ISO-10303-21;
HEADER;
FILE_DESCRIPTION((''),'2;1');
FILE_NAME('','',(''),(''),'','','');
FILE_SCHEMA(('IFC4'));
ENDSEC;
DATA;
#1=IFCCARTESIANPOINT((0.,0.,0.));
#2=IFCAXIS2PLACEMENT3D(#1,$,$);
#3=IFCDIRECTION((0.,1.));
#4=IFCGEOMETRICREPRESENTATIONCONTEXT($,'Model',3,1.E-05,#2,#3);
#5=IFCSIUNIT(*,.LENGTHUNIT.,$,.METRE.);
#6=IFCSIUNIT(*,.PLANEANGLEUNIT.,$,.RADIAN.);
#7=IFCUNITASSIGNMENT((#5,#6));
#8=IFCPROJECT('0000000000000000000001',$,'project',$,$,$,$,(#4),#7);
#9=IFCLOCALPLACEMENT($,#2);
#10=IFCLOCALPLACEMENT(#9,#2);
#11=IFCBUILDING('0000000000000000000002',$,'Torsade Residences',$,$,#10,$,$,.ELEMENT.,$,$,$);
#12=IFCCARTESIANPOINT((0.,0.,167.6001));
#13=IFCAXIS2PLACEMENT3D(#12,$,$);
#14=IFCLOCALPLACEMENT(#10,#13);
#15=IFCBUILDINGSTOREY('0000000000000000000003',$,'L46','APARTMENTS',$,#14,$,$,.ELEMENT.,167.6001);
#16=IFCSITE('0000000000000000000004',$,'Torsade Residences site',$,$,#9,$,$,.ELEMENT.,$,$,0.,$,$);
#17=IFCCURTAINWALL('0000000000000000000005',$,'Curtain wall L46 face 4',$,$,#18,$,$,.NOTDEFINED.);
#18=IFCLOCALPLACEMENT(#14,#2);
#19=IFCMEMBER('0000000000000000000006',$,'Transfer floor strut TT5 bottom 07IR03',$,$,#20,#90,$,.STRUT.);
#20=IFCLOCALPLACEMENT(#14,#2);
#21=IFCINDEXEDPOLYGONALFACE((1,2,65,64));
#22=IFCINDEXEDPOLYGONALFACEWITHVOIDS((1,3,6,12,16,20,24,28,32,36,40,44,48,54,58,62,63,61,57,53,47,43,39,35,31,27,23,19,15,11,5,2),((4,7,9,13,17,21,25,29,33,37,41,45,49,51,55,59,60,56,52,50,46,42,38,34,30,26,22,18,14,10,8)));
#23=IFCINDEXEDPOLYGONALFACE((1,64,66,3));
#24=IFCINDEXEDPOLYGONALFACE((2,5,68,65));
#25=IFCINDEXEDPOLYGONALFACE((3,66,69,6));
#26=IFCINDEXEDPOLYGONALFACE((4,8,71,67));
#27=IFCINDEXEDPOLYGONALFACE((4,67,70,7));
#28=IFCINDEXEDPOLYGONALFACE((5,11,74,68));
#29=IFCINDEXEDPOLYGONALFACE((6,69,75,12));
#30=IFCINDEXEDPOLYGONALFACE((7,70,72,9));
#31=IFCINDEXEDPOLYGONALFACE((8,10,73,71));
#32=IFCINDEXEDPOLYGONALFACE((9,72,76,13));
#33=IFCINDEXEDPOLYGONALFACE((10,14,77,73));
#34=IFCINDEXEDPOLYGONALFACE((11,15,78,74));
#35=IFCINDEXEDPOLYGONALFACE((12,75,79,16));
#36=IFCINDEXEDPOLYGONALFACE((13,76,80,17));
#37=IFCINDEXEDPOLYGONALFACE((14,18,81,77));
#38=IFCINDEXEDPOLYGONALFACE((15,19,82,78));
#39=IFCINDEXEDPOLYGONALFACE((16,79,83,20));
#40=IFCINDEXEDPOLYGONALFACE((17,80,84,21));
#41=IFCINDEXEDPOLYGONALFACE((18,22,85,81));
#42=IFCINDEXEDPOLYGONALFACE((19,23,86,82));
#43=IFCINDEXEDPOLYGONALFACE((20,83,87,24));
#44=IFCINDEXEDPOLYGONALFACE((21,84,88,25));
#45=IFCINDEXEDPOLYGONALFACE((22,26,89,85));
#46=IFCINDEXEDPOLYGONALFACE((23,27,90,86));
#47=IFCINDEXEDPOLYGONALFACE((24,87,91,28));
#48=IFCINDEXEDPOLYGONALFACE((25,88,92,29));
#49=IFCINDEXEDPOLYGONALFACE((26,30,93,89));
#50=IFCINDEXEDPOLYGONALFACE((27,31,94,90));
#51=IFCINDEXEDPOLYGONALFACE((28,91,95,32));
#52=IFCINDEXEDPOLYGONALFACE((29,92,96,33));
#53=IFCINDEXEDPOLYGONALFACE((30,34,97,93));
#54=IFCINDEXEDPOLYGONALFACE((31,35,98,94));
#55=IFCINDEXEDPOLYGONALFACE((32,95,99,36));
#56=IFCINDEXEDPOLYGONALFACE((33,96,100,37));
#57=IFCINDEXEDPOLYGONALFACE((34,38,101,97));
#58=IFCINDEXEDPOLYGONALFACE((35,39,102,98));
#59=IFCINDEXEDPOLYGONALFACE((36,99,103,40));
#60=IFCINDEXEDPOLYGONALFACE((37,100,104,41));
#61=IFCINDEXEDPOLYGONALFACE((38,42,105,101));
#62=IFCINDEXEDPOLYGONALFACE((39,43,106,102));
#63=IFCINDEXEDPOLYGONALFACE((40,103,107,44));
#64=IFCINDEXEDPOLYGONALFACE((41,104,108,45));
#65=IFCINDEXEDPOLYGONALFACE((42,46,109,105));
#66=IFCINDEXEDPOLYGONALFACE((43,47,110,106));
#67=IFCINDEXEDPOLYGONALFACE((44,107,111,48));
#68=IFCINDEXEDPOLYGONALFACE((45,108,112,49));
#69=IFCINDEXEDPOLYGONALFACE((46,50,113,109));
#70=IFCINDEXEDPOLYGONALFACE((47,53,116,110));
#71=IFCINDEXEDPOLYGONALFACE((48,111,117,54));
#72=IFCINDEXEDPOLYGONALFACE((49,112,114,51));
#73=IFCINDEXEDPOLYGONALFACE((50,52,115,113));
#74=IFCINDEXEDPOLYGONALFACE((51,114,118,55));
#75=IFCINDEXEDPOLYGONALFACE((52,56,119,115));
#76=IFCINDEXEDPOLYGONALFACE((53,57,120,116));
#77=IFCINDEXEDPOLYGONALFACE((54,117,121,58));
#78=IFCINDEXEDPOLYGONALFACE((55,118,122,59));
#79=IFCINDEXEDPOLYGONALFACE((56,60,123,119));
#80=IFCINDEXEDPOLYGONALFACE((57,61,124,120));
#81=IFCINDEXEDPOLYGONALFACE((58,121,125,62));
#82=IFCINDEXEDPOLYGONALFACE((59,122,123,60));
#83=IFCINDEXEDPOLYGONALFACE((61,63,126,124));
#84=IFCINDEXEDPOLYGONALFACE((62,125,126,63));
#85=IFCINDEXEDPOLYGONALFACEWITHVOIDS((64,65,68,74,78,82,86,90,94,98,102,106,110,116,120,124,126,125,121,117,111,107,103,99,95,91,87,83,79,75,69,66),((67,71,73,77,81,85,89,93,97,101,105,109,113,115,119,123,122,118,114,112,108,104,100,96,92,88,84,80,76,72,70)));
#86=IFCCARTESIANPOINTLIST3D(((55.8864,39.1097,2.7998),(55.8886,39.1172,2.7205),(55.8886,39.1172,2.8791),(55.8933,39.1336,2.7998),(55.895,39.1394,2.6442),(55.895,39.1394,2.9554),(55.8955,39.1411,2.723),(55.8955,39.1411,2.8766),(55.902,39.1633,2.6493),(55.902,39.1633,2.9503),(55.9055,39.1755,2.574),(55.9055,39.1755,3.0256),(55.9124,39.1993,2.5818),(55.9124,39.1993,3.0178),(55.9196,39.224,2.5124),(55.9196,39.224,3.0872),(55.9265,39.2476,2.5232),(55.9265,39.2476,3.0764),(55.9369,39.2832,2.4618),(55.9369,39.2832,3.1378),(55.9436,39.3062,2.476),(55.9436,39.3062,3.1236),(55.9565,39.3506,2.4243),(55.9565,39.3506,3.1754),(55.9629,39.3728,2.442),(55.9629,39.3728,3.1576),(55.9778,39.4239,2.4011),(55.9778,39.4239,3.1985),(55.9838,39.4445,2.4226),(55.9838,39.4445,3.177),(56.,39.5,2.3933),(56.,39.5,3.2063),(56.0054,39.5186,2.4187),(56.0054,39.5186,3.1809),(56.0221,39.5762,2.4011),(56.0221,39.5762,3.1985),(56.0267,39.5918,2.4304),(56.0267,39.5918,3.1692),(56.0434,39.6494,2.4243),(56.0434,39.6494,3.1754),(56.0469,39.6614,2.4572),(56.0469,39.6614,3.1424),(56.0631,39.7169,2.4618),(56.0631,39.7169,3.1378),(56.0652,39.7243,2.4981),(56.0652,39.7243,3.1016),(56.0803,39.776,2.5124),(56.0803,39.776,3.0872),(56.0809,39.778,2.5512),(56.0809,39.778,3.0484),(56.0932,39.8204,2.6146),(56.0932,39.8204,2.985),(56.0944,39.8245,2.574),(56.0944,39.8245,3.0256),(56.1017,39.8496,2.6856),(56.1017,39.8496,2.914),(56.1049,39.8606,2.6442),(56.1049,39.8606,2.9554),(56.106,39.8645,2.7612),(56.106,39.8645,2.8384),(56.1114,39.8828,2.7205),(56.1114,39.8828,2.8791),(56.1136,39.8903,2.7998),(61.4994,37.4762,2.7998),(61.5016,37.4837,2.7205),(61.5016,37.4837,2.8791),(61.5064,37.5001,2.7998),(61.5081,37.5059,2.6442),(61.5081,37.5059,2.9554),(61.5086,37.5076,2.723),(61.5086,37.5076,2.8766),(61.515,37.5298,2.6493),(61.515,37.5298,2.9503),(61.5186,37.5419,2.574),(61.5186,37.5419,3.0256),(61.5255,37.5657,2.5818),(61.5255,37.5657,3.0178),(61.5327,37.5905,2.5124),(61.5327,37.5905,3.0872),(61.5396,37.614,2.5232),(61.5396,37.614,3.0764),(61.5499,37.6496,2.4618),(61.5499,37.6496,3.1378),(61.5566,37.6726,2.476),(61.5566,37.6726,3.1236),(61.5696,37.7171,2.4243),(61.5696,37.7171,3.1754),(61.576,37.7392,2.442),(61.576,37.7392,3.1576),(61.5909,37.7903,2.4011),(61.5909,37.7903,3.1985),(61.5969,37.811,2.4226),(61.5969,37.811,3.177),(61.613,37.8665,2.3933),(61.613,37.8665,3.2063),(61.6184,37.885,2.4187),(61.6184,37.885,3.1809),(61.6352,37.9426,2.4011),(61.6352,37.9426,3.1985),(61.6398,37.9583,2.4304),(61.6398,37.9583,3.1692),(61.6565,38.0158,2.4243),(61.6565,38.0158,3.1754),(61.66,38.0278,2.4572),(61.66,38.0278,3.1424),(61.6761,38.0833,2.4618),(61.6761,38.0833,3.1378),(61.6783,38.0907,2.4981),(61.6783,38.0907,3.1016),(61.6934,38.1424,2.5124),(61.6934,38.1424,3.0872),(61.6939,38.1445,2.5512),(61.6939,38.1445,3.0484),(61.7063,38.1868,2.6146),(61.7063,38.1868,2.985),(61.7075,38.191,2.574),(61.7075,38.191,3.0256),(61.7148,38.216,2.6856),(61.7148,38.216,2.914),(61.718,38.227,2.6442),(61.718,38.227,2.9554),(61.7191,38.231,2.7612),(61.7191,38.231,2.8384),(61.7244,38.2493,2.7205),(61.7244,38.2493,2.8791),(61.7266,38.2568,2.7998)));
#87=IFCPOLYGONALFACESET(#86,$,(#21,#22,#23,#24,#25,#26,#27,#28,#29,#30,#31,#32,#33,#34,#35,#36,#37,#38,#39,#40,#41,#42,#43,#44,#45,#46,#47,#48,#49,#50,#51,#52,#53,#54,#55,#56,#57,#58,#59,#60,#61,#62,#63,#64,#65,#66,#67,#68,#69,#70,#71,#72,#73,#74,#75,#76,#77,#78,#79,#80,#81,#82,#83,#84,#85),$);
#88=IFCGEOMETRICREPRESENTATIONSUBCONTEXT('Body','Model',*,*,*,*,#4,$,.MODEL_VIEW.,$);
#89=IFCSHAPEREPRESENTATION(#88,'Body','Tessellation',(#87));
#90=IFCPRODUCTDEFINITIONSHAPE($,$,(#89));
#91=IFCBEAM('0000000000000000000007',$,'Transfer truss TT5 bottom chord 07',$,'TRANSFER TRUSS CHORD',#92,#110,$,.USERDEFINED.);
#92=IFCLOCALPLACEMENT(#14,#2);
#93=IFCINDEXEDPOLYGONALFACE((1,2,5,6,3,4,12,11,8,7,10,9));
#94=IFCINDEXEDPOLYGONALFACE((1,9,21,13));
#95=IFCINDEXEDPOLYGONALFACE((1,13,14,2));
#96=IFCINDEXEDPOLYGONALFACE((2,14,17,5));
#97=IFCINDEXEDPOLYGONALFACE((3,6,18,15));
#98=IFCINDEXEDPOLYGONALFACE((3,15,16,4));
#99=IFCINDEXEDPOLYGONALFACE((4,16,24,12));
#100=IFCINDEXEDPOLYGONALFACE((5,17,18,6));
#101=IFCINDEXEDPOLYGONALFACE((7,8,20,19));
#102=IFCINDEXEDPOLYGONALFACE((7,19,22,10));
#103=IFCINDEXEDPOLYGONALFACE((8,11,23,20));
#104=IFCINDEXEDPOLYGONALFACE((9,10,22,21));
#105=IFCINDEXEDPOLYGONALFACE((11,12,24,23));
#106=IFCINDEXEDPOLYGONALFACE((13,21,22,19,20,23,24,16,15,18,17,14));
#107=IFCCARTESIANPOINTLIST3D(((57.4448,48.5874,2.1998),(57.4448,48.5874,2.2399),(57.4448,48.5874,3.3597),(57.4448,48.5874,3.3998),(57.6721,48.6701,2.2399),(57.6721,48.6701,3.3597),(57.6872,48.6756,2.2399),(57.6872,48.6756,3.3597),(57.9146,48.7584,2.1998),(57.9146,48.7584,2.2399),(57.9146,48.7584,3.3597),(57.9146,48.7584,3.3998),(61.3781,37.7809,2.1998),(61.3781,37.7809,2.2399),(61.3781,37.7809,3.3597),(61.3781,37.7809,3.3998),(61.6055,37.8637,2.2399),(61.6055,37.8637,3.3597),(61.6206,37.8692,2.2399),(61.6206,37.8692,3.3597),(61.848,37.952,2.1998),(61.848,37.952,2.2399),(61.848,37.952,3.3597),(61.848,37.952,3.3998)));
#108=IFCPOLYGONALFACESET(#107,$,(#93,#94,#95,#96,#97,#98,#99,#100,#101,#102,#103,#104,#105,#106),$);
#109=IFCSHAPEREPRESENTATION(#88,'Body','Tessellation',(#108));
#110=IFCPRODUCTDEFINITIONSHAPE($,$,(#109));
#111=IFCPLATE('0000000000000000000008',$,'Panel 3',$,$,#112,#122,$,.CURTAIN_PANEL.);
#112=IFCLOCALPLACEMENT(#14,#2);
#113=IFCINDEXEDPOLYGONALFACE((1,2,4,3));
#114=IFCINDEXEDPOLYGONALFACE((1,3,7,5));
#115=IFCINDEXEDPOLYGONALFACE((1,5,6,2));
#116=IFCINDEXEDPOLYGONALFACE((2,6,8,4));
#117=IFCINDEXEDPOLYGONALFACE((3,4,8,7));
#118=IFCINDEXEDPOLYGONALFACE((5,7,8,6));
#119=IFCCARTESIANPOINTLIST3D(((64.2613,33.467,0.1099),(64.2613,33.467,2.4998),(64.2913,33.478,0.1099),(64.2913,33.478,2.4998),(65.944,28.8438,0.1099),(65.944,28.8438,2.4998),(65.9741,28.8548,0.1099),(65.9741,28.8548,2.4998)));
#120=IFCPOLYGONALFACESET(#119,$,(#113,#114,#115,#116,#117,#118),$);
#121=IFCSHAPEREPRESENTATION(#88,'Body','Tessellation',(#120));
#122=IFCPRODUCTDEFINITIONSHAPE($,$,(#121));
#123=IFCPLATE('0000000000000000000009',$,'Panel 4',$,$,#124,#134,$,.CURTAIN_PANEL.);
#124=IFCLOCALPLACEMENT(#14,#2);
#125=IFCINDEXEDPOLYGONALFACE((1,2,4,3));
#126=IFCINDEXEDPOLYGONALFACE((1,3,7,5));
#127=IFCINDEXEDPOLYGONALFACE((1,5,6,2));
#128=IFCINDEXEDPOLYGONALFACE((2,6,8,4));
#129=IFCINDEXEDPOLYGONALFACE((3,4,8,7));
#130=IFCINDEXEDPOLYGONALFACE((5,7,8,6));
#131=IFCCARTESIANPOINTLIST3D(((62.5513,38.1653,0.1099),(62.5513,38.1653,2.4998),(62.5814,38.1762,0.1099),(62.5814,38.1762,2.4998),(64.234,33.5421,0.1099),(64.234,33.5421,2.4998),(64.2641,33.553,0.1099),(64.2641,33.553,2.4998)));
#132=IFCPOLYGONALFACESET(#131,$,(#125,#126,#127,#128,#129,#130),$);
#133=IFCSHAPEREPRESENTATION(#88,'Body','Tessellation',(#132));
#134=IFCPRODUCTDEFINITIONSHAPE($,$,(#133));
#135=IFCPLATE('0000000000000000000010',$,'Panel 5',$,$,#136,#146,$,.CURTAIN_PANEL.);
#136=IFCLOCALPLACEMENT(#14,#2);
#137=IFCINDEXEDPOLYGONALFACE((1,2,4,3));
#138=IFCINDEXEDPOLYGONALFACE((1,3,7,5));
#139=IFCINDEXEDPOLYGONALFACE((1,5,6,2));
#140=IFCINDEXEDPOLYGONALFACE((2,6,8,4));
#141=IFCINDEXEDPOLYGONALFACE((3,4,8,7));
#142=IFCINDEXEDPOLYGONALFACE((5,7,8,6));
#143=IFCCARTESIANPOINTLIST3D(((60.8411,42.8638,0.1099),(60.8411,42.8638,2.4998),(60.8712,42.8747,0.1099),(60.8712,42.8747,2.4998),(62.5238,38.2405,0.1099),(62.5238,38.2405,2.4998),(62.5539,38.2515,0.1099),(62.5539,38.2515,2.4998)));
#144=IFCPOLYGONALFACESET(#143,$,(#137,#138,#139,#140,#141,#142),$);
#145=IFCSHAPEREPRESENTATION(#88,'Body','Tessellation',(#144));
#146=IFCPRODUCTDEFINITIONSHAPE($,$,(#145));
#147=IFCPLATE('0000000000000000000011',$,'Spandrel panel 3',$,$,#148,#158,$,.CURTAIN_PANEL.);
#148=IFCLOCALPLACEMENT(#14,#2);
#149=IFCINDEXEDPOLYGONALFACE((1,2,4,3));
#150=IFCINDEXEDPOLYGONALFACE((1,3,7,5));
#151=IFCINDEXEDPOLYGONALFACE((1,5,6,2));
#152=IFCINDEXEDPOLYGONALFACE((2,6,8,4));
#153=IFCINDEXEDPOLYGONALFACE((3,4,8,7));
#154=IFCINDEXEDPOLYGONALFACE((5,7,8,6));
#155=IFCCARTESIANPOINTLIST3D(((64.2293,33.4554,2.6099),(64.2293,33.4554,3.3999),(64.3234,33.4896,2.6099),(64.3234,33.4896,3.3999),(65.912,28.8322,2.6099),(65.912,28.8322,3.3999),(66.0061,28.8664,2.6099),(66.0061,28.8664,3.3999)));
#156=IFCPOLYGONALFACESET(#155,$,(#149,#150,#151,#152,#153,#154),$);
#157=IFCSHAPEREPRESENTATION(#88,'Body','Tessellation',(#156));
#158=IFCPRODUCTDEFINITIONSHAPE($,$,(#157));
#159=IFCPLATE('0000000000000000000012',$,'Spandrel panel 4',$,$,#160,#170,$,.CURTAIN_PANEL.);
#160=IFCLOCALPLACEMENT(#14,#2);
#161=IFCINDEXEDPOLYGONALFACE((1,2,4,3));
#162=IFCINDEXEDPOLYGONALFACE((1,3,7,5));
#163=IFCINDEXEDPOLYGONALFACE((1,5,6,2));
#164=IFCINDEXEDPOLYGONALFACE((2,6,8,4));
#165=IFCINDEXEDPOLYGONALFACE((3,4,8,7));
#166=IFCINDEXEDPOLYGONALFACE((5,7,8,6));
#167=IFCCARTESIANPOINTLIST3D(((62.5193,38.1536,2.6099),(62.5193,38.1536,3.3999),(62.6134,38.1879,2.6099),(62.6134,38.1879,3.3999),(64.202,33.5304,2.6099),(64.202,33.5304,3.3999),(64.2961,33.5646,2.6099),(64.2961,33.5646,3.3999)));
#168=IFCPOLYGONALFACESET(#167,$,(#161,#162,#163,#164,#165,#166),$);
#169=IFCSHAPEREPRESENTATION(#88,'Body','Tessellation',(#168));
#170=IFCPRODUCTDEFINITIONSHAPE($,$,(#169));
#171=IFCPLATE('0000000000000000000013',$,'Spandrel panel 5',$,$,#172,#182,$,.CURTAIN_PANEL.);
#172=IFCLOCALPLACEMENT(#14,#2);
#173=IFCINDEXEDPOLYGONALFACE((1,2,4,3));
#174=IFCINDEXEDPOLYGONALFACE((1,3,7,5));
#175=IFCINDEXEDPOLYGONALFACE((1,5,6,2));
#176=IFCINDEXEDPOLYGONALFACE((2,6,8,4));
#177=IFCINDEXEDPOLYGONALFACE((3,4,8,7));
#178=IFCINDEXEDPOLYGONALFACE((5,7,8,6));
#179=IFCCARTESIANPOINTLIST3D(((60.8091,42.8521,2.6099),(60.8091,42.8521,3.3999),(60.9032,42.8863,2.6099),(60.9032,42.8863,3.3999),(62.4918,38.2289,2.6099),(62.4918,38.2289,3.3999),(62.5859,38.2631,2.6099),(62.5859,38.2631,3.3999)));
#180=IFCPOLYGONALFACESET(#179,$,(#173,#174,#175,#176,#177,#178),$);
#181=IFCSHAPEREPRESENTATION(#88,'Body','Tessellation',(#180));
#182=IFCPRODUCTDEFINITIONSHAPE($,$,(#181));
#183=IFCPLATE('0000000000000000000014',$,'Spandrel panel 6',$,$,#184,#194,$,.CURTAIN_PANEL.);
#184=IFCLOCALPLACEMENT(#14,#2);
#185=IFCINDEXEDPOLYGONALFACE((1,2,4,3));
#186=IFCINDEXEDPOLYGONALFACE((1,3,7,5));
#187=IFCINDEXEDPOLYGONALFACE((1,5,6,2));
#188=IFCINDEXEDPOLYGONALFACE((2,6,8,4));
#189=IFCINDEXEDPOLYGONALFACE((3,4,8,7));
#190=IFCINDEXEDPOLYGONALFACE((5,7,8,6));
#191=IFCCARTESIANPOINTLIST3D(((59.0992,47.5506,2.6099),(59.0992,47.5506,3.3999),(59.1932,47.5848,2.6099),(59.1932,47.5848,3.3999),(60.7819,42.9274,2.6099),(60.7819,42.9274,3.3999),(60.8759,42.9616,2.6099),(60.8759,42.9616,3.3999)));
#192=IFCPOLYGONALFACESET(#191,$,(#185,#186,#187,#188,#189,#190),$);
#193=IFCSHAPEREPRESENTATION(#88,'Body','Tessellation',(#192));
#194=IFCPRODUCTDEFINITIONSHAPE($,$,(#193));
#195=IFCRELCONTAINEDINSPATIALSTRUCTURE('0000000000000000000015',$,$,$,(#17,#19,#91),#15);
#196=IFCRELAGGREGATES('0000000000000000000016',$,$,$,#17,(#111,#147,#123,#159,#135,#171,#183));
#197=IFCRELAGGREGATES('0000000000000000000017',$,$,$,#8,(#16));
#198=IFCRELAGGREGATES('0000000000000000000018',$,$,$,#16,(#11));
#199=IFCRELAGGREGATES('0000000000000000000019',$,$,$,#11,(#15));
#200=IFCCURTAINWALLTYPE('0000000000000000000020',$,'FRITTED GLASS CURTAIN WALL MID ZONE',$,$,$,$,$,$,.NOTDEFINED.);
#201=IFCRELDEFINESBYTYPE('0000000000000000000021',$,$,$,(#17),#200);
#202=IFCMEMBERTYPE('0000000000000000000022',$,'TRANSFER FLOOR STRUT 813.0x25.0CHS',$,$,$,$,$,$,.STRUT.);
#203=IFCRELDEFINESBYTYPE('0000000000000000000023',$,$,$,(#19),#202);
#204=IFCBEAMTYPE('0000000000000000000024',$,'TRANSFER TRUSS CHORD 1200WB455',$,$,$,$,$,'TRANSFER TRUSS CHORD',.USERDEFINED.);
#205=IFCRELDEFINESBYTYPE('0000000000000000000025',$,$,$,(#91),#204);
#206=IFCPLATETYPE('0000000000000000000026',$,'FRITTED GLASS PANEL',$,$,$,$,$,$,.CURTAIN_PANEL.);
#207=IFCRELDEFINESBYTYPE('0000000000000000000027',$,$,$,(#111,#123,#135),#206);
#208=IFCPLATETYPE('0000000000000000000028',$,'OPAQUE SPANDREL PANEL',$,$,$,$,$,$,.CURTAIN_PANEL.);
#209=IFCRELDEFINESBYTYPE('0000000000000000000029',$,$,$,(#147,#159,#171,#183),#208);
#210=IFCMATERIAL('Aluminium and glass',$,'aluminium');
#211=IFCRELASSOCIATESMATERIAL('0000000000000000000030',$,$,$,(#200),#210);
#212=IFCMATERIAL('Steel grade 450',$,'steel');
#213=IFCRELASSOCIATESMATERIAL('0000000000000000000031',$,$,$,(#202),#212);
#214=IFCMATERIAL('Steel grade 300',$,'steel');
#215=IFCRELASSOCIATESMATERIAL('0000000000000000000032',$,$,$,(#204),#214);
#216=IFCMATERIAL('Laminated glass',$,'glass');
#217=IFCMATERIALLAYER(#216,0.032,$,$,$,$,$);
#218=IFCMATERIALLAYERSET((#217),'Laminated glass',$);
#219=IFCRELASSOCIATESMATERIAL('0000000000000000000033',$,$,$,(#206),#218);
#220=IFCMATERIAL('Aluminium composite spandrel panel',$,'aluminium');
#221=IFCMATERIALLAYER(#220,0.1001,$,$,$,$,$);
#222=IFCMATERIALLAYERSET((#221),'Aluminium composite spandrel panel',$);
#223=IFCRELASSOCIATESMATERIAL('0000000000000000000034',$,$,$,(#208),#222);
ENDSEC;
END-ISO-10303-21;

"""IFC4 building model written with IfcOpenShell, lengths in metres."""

from ifc_helpers import new_model, si_unit, direction, frame, origin, origin_2d, place, context, subcontext, project, spatial, rectangle, hollow_circle, i_section, extrude, material, layer, layer_set, material_profile, profile_set, type_object, element, aggregate, save


model = new_model("IFC4")

# Units and contexts
model_context = context("Model", 3, precision=1e-05, world=origin(), true_north=direction((0.0, 1.0)))
body_context = subcontext(model_context, "Body", "Model", "MODEL_VIEW")
ifc_project = project(units=[si_unit("LENGTHUNIT", "METRE"), si_unit("PLANEANGLEUNIT", "RADIAN")], contexts=[model_context])

# Site, building, storey
site_placement = place(None, origin())
site = spatial("IfcSite", under=ifc_project, at=site_placement, Name="Torsade Residences site", CompositionType="ELEMENT", RefElevation=0.0)
building_placement = place(site_placement, origin())
building = spatial("IfcBuilding", under=site, at=building_placement, Name="Torsade Residences", CompositionType="ELEMENT")
storey_placement = place(building_placement, frame((0.0, 0.0, 167.6001)))
storey = spatial("IfcBuildingStorey", under=building, at=storey_placement, Name="L46", Description="APARTMENTS", CompositionType="ELEMENT", Elevation=167.6001)

# Curtain wall
ifc_material_1 = material(Name="Aluminium and glass", Category="aluminium")
curtain_wall_type = type_object("IfcCurtainWallType", Name="FRITTED GLASS CURTAIN WALL MID ZONE", PredefinedType="NOTDEFINED", material=ifc_material_1)
curtain_wall_placement = place(storey_placement, origin())
curtain_wall = element("IfcCurtainWall", 1, at=curtain_wall_placement, inside=storey, type_object=curtain_wall_type, Name="Curtain wall L46 face 4", PredefinedType="NOTDEFINED")

# Member
ifc_material_2 = material(Name="Steel grade 450", Category="steel")
ifc_material_profile_1 = material_profile(ifc_material_2, hollow_circle(Radius=0.4065, WallThickness=0.0249, at=origin_2d()), Name="813.0x25.0CHS")
ifc_profile_set_1 = profile_set([ifc_material_profile_1], Name="Steel grade 450")
member_type_1 = type_object("IfcMemberType", Name="TRANSFER FLOOR STRUT 813.0x25.0CHS", PredefinedType="STRUT", material=ifc_profile_set_1)
member_1_placement = place(storey_placement, frame((61.613, 37.8665, 2.7998), z_axis=(-0.960165, 0.279434, 0.0), x_axis=(-0.279434, -0.960165, 0.0)))
element("IfcMember", 2, at=member_1_placement, inside=storey, type_object=member_type_1, Name="Transfer floor strut TT5 bottom 07IR03", PredefinedType="STRUT", context=body_context, shape_type="SweptSolid", body=[
    extrude(hollow_circle(Radius=0.4065, WallThickness=0.0249, at=origin_2d()), origin(), (0.0, 0.0, 1.0), 5.8459),
])

# Beam
ifc_material_3 = material(Name="Steel grade 300", Category="steel")
ifc_material_profile_2 = material_profile(ifc_material_3, i_section(OverallWidth=0.5, OverallDepth=1.2, WebThickness=0.0161, FlangeThickness=0.04, at=origin_2d()), Name="1200WB455")
ifc_profile_set_2 = profile_set([ifc_material_profile_2], Name="Steel grade 300")
beam_type_1 = type_object("IfcBeamType", Name="TRANSFER TRUSS CHORD 1200WB455", ElementType="TRANSFER TRUSS CHORD", PredefinedType="USERDEFINED", material=ifc_profile_set_2)
beam_1_placement = place(storey_placement, frame((61.613, 37.8665, 2.7998), z_axis=(-0.342031, 0.939689, 0.0), x_axis=(-0.939689, -0.342031, 0.0)))
element("IfcBeam", 3, at=beam_1_placement, inside=storey, type_object=beam_type_1, Name="Transfer truss TT5 bottom chord 07", ObjectType="TRANSFER TRUSS CHORD", PredefinedType="USERDEFINED", context=body_context, shape_type="SweptSolid", body=[
    extrude(i_section(OverallWidth=0.5, OverallDepth=1.2, WebThickness=0.0161, FlangeThickness=0.04, at=origin_2d()), origin(), (0.0, 0.0, 1.0), 11.5),
])

# Plates
ifc_material_4 = material(Name="Laminated glass", Category="glass")
ifc_layer_1 = layer(ifc_material_4, 0.032)
ifc_layer_set_1 = layer_set([ifc_layer_1], Name="Laminated glass")
plate_type_1 = type_object("IfcPlateType", Name="FRITTED GLASS PANEL", PredefinedType="CURTAIN_PANEL", material=ifc_layer_set_1)
plate_1_placement = place(storey_placement, frame((65.1177, 31.1609, 0.1099), z_axis=(0.0, 0.0, 1.0), x_axis=(-0.34202, 0.939693, 0.0)))
plate_1 = element("IfcPlate", 4, at=plate_1_placement, type_object=plate_type_1, Name="Panel 3", PredefinedType="CURTAIN_PANEL", context=body_context, shape_type="SweptSolid", body=[
    extrude(rectangle(XDim=4.9199, YDim=0.032, at=origin_2d()), origin(), (0.0, 0.0, 1.0), 2.3899),
])
plate_2_placement = place(storey_placement, frame((63.4077, 35.8591, 0.1099), z_axis=(0.0, 0.0, 1.0), x_axis=(-0.34202, 0.939693, 0.0)))
plate_2 = element("IfcPlate", 5, at=plate_2_placement, type_object=plate_type_1, Name="Panel 4", PredefinedType="CURTAIN_PANEL", context=body_context, shape_type="SweptSolid", body=[
    extrude(rectangle(XDim=4.9199, YDim=0.032, at=origin_2d()), origin(), (0.0, 0.0, 1.0), 2.3899),
])
plate_3_placement = place(storey_placement, frame((61.6975, 40.5576, 0.1099), z_axis=(0.0, 0.0, 1.0), x_axis=(-0.34202, 0.939693, 0.0)))
plate_3 = element("IfcPlate", 6, at=plate_3_placement, type_object=plate_type_1, Name="Panel 5", PredefinedType="CURTAIN_PANEL", context=body_context, shape_type="SweptSolid", body=[
    extrude(rectangle(XDim=4.9199, YDim=0.032, at=origin_2d()), origin(), (0.0, 0.0, 1.0), 2.3899),
])
ifc_material_5 = material(Name="Aluminium composite spandrel panel", Category="aluminium")
ifc_layer_2 = layer(ifc_material_5, 0.1001)
ifc_layer_set_2 = layer_set([ifc_layer_2], Name="Aluminium composite spandrel panel")
plate_type_2 = type_object("IfcPlateType", Name="OPAQUE SPANDREL PANEL", PredefinedType="CURTAIN_PANEL", material=ifc_layer_set_2)
plate_4_placement = place(storey_placement, frame((65.1177, 31.1609, 2.6099), z_axis=(0.0, 0.0, 1.0), x_axis=(-0.34202, 0.939693, 0.0)))
plate_4 = element("IfcPlate", 7, at=plate_4_placement, type_object=plate_type_2, Name="Spandrel panel 3", PredefinedType="CURTAIN_PANEL", context=body_context, shape_type="SweptSolid", body=[
    extrude(rectangle(XDim=4.9199, YDim=0.1001, at=origin_2d()), origin(), (0.0, 0.0, 1.0), 0.79),
])
plate_5_placement = place(storey_placement, frame((63.4077, 35.8591, 2.6099), z_axis=(0.0, 0.0, 1.0), x_axis=(-0.34202, 0.939693, 0.0)))
plate_5 = element("IfcPlate", 8, at=plate_5_placement, type_object=plate_type_2, Name="Spandrel panel 4", PredefinedType="CURTAIN_PANEL", context=body_context, shape_type="SweptSolid", body=[
    extrude(rectangle(XDim=4.9199, YDim=0.1001, at=origin_2d()), origin(), (0.0, 0.0, 1.0), 0.79),
])
plate_6_placement = place(storey_placement, frame((61.6975, 40.5576, 2.6099), z_axis=(0.0, 0.0, 1.0), x_axis=(-0.34202, 0.939693, 0.0)))
plate_6 = element("IfcPlate", 9, at=plate_6_placement, type_object=plate_type_2, Name="Spandrel panel 5", PredefinedType="CURTAIN_PANEL", context=body_context, shape_type="SweptSolid", body=[
    extrude(rectangle(XDim=4.9199, YDim=0.1001, at=origin_2d()), origin(), (0.0, 0.0, 1.0), 0.79),
])
plate_7_placement = place(storey_placement, frame((59.9875, 45.2561, 2.6099), z_axis=(0.0, 0.0, 1.0), x_axis=(-0.34202, 0.939693, 0.0)))
plate_7 = element("IfcPlate", 10, at=plate_7_placement, type_object=plate_type_2, Name="Spandrel panel 6", PredefinedType="CURTAIN_PANEL", context=body_context, shape_type="SweptSolid", body=[
    extrude(rectangle(XDim=4.9199, YDim=0.1001, at=origin_2d()), origin(), (0.0, 0.0, 1.0), 0.79),
])
aggregate(curtain_wall, [plate_1, plate_4, plate_2, plate_5, plate_3, plate_6, plate_7])

save(model, "model.ifc")
